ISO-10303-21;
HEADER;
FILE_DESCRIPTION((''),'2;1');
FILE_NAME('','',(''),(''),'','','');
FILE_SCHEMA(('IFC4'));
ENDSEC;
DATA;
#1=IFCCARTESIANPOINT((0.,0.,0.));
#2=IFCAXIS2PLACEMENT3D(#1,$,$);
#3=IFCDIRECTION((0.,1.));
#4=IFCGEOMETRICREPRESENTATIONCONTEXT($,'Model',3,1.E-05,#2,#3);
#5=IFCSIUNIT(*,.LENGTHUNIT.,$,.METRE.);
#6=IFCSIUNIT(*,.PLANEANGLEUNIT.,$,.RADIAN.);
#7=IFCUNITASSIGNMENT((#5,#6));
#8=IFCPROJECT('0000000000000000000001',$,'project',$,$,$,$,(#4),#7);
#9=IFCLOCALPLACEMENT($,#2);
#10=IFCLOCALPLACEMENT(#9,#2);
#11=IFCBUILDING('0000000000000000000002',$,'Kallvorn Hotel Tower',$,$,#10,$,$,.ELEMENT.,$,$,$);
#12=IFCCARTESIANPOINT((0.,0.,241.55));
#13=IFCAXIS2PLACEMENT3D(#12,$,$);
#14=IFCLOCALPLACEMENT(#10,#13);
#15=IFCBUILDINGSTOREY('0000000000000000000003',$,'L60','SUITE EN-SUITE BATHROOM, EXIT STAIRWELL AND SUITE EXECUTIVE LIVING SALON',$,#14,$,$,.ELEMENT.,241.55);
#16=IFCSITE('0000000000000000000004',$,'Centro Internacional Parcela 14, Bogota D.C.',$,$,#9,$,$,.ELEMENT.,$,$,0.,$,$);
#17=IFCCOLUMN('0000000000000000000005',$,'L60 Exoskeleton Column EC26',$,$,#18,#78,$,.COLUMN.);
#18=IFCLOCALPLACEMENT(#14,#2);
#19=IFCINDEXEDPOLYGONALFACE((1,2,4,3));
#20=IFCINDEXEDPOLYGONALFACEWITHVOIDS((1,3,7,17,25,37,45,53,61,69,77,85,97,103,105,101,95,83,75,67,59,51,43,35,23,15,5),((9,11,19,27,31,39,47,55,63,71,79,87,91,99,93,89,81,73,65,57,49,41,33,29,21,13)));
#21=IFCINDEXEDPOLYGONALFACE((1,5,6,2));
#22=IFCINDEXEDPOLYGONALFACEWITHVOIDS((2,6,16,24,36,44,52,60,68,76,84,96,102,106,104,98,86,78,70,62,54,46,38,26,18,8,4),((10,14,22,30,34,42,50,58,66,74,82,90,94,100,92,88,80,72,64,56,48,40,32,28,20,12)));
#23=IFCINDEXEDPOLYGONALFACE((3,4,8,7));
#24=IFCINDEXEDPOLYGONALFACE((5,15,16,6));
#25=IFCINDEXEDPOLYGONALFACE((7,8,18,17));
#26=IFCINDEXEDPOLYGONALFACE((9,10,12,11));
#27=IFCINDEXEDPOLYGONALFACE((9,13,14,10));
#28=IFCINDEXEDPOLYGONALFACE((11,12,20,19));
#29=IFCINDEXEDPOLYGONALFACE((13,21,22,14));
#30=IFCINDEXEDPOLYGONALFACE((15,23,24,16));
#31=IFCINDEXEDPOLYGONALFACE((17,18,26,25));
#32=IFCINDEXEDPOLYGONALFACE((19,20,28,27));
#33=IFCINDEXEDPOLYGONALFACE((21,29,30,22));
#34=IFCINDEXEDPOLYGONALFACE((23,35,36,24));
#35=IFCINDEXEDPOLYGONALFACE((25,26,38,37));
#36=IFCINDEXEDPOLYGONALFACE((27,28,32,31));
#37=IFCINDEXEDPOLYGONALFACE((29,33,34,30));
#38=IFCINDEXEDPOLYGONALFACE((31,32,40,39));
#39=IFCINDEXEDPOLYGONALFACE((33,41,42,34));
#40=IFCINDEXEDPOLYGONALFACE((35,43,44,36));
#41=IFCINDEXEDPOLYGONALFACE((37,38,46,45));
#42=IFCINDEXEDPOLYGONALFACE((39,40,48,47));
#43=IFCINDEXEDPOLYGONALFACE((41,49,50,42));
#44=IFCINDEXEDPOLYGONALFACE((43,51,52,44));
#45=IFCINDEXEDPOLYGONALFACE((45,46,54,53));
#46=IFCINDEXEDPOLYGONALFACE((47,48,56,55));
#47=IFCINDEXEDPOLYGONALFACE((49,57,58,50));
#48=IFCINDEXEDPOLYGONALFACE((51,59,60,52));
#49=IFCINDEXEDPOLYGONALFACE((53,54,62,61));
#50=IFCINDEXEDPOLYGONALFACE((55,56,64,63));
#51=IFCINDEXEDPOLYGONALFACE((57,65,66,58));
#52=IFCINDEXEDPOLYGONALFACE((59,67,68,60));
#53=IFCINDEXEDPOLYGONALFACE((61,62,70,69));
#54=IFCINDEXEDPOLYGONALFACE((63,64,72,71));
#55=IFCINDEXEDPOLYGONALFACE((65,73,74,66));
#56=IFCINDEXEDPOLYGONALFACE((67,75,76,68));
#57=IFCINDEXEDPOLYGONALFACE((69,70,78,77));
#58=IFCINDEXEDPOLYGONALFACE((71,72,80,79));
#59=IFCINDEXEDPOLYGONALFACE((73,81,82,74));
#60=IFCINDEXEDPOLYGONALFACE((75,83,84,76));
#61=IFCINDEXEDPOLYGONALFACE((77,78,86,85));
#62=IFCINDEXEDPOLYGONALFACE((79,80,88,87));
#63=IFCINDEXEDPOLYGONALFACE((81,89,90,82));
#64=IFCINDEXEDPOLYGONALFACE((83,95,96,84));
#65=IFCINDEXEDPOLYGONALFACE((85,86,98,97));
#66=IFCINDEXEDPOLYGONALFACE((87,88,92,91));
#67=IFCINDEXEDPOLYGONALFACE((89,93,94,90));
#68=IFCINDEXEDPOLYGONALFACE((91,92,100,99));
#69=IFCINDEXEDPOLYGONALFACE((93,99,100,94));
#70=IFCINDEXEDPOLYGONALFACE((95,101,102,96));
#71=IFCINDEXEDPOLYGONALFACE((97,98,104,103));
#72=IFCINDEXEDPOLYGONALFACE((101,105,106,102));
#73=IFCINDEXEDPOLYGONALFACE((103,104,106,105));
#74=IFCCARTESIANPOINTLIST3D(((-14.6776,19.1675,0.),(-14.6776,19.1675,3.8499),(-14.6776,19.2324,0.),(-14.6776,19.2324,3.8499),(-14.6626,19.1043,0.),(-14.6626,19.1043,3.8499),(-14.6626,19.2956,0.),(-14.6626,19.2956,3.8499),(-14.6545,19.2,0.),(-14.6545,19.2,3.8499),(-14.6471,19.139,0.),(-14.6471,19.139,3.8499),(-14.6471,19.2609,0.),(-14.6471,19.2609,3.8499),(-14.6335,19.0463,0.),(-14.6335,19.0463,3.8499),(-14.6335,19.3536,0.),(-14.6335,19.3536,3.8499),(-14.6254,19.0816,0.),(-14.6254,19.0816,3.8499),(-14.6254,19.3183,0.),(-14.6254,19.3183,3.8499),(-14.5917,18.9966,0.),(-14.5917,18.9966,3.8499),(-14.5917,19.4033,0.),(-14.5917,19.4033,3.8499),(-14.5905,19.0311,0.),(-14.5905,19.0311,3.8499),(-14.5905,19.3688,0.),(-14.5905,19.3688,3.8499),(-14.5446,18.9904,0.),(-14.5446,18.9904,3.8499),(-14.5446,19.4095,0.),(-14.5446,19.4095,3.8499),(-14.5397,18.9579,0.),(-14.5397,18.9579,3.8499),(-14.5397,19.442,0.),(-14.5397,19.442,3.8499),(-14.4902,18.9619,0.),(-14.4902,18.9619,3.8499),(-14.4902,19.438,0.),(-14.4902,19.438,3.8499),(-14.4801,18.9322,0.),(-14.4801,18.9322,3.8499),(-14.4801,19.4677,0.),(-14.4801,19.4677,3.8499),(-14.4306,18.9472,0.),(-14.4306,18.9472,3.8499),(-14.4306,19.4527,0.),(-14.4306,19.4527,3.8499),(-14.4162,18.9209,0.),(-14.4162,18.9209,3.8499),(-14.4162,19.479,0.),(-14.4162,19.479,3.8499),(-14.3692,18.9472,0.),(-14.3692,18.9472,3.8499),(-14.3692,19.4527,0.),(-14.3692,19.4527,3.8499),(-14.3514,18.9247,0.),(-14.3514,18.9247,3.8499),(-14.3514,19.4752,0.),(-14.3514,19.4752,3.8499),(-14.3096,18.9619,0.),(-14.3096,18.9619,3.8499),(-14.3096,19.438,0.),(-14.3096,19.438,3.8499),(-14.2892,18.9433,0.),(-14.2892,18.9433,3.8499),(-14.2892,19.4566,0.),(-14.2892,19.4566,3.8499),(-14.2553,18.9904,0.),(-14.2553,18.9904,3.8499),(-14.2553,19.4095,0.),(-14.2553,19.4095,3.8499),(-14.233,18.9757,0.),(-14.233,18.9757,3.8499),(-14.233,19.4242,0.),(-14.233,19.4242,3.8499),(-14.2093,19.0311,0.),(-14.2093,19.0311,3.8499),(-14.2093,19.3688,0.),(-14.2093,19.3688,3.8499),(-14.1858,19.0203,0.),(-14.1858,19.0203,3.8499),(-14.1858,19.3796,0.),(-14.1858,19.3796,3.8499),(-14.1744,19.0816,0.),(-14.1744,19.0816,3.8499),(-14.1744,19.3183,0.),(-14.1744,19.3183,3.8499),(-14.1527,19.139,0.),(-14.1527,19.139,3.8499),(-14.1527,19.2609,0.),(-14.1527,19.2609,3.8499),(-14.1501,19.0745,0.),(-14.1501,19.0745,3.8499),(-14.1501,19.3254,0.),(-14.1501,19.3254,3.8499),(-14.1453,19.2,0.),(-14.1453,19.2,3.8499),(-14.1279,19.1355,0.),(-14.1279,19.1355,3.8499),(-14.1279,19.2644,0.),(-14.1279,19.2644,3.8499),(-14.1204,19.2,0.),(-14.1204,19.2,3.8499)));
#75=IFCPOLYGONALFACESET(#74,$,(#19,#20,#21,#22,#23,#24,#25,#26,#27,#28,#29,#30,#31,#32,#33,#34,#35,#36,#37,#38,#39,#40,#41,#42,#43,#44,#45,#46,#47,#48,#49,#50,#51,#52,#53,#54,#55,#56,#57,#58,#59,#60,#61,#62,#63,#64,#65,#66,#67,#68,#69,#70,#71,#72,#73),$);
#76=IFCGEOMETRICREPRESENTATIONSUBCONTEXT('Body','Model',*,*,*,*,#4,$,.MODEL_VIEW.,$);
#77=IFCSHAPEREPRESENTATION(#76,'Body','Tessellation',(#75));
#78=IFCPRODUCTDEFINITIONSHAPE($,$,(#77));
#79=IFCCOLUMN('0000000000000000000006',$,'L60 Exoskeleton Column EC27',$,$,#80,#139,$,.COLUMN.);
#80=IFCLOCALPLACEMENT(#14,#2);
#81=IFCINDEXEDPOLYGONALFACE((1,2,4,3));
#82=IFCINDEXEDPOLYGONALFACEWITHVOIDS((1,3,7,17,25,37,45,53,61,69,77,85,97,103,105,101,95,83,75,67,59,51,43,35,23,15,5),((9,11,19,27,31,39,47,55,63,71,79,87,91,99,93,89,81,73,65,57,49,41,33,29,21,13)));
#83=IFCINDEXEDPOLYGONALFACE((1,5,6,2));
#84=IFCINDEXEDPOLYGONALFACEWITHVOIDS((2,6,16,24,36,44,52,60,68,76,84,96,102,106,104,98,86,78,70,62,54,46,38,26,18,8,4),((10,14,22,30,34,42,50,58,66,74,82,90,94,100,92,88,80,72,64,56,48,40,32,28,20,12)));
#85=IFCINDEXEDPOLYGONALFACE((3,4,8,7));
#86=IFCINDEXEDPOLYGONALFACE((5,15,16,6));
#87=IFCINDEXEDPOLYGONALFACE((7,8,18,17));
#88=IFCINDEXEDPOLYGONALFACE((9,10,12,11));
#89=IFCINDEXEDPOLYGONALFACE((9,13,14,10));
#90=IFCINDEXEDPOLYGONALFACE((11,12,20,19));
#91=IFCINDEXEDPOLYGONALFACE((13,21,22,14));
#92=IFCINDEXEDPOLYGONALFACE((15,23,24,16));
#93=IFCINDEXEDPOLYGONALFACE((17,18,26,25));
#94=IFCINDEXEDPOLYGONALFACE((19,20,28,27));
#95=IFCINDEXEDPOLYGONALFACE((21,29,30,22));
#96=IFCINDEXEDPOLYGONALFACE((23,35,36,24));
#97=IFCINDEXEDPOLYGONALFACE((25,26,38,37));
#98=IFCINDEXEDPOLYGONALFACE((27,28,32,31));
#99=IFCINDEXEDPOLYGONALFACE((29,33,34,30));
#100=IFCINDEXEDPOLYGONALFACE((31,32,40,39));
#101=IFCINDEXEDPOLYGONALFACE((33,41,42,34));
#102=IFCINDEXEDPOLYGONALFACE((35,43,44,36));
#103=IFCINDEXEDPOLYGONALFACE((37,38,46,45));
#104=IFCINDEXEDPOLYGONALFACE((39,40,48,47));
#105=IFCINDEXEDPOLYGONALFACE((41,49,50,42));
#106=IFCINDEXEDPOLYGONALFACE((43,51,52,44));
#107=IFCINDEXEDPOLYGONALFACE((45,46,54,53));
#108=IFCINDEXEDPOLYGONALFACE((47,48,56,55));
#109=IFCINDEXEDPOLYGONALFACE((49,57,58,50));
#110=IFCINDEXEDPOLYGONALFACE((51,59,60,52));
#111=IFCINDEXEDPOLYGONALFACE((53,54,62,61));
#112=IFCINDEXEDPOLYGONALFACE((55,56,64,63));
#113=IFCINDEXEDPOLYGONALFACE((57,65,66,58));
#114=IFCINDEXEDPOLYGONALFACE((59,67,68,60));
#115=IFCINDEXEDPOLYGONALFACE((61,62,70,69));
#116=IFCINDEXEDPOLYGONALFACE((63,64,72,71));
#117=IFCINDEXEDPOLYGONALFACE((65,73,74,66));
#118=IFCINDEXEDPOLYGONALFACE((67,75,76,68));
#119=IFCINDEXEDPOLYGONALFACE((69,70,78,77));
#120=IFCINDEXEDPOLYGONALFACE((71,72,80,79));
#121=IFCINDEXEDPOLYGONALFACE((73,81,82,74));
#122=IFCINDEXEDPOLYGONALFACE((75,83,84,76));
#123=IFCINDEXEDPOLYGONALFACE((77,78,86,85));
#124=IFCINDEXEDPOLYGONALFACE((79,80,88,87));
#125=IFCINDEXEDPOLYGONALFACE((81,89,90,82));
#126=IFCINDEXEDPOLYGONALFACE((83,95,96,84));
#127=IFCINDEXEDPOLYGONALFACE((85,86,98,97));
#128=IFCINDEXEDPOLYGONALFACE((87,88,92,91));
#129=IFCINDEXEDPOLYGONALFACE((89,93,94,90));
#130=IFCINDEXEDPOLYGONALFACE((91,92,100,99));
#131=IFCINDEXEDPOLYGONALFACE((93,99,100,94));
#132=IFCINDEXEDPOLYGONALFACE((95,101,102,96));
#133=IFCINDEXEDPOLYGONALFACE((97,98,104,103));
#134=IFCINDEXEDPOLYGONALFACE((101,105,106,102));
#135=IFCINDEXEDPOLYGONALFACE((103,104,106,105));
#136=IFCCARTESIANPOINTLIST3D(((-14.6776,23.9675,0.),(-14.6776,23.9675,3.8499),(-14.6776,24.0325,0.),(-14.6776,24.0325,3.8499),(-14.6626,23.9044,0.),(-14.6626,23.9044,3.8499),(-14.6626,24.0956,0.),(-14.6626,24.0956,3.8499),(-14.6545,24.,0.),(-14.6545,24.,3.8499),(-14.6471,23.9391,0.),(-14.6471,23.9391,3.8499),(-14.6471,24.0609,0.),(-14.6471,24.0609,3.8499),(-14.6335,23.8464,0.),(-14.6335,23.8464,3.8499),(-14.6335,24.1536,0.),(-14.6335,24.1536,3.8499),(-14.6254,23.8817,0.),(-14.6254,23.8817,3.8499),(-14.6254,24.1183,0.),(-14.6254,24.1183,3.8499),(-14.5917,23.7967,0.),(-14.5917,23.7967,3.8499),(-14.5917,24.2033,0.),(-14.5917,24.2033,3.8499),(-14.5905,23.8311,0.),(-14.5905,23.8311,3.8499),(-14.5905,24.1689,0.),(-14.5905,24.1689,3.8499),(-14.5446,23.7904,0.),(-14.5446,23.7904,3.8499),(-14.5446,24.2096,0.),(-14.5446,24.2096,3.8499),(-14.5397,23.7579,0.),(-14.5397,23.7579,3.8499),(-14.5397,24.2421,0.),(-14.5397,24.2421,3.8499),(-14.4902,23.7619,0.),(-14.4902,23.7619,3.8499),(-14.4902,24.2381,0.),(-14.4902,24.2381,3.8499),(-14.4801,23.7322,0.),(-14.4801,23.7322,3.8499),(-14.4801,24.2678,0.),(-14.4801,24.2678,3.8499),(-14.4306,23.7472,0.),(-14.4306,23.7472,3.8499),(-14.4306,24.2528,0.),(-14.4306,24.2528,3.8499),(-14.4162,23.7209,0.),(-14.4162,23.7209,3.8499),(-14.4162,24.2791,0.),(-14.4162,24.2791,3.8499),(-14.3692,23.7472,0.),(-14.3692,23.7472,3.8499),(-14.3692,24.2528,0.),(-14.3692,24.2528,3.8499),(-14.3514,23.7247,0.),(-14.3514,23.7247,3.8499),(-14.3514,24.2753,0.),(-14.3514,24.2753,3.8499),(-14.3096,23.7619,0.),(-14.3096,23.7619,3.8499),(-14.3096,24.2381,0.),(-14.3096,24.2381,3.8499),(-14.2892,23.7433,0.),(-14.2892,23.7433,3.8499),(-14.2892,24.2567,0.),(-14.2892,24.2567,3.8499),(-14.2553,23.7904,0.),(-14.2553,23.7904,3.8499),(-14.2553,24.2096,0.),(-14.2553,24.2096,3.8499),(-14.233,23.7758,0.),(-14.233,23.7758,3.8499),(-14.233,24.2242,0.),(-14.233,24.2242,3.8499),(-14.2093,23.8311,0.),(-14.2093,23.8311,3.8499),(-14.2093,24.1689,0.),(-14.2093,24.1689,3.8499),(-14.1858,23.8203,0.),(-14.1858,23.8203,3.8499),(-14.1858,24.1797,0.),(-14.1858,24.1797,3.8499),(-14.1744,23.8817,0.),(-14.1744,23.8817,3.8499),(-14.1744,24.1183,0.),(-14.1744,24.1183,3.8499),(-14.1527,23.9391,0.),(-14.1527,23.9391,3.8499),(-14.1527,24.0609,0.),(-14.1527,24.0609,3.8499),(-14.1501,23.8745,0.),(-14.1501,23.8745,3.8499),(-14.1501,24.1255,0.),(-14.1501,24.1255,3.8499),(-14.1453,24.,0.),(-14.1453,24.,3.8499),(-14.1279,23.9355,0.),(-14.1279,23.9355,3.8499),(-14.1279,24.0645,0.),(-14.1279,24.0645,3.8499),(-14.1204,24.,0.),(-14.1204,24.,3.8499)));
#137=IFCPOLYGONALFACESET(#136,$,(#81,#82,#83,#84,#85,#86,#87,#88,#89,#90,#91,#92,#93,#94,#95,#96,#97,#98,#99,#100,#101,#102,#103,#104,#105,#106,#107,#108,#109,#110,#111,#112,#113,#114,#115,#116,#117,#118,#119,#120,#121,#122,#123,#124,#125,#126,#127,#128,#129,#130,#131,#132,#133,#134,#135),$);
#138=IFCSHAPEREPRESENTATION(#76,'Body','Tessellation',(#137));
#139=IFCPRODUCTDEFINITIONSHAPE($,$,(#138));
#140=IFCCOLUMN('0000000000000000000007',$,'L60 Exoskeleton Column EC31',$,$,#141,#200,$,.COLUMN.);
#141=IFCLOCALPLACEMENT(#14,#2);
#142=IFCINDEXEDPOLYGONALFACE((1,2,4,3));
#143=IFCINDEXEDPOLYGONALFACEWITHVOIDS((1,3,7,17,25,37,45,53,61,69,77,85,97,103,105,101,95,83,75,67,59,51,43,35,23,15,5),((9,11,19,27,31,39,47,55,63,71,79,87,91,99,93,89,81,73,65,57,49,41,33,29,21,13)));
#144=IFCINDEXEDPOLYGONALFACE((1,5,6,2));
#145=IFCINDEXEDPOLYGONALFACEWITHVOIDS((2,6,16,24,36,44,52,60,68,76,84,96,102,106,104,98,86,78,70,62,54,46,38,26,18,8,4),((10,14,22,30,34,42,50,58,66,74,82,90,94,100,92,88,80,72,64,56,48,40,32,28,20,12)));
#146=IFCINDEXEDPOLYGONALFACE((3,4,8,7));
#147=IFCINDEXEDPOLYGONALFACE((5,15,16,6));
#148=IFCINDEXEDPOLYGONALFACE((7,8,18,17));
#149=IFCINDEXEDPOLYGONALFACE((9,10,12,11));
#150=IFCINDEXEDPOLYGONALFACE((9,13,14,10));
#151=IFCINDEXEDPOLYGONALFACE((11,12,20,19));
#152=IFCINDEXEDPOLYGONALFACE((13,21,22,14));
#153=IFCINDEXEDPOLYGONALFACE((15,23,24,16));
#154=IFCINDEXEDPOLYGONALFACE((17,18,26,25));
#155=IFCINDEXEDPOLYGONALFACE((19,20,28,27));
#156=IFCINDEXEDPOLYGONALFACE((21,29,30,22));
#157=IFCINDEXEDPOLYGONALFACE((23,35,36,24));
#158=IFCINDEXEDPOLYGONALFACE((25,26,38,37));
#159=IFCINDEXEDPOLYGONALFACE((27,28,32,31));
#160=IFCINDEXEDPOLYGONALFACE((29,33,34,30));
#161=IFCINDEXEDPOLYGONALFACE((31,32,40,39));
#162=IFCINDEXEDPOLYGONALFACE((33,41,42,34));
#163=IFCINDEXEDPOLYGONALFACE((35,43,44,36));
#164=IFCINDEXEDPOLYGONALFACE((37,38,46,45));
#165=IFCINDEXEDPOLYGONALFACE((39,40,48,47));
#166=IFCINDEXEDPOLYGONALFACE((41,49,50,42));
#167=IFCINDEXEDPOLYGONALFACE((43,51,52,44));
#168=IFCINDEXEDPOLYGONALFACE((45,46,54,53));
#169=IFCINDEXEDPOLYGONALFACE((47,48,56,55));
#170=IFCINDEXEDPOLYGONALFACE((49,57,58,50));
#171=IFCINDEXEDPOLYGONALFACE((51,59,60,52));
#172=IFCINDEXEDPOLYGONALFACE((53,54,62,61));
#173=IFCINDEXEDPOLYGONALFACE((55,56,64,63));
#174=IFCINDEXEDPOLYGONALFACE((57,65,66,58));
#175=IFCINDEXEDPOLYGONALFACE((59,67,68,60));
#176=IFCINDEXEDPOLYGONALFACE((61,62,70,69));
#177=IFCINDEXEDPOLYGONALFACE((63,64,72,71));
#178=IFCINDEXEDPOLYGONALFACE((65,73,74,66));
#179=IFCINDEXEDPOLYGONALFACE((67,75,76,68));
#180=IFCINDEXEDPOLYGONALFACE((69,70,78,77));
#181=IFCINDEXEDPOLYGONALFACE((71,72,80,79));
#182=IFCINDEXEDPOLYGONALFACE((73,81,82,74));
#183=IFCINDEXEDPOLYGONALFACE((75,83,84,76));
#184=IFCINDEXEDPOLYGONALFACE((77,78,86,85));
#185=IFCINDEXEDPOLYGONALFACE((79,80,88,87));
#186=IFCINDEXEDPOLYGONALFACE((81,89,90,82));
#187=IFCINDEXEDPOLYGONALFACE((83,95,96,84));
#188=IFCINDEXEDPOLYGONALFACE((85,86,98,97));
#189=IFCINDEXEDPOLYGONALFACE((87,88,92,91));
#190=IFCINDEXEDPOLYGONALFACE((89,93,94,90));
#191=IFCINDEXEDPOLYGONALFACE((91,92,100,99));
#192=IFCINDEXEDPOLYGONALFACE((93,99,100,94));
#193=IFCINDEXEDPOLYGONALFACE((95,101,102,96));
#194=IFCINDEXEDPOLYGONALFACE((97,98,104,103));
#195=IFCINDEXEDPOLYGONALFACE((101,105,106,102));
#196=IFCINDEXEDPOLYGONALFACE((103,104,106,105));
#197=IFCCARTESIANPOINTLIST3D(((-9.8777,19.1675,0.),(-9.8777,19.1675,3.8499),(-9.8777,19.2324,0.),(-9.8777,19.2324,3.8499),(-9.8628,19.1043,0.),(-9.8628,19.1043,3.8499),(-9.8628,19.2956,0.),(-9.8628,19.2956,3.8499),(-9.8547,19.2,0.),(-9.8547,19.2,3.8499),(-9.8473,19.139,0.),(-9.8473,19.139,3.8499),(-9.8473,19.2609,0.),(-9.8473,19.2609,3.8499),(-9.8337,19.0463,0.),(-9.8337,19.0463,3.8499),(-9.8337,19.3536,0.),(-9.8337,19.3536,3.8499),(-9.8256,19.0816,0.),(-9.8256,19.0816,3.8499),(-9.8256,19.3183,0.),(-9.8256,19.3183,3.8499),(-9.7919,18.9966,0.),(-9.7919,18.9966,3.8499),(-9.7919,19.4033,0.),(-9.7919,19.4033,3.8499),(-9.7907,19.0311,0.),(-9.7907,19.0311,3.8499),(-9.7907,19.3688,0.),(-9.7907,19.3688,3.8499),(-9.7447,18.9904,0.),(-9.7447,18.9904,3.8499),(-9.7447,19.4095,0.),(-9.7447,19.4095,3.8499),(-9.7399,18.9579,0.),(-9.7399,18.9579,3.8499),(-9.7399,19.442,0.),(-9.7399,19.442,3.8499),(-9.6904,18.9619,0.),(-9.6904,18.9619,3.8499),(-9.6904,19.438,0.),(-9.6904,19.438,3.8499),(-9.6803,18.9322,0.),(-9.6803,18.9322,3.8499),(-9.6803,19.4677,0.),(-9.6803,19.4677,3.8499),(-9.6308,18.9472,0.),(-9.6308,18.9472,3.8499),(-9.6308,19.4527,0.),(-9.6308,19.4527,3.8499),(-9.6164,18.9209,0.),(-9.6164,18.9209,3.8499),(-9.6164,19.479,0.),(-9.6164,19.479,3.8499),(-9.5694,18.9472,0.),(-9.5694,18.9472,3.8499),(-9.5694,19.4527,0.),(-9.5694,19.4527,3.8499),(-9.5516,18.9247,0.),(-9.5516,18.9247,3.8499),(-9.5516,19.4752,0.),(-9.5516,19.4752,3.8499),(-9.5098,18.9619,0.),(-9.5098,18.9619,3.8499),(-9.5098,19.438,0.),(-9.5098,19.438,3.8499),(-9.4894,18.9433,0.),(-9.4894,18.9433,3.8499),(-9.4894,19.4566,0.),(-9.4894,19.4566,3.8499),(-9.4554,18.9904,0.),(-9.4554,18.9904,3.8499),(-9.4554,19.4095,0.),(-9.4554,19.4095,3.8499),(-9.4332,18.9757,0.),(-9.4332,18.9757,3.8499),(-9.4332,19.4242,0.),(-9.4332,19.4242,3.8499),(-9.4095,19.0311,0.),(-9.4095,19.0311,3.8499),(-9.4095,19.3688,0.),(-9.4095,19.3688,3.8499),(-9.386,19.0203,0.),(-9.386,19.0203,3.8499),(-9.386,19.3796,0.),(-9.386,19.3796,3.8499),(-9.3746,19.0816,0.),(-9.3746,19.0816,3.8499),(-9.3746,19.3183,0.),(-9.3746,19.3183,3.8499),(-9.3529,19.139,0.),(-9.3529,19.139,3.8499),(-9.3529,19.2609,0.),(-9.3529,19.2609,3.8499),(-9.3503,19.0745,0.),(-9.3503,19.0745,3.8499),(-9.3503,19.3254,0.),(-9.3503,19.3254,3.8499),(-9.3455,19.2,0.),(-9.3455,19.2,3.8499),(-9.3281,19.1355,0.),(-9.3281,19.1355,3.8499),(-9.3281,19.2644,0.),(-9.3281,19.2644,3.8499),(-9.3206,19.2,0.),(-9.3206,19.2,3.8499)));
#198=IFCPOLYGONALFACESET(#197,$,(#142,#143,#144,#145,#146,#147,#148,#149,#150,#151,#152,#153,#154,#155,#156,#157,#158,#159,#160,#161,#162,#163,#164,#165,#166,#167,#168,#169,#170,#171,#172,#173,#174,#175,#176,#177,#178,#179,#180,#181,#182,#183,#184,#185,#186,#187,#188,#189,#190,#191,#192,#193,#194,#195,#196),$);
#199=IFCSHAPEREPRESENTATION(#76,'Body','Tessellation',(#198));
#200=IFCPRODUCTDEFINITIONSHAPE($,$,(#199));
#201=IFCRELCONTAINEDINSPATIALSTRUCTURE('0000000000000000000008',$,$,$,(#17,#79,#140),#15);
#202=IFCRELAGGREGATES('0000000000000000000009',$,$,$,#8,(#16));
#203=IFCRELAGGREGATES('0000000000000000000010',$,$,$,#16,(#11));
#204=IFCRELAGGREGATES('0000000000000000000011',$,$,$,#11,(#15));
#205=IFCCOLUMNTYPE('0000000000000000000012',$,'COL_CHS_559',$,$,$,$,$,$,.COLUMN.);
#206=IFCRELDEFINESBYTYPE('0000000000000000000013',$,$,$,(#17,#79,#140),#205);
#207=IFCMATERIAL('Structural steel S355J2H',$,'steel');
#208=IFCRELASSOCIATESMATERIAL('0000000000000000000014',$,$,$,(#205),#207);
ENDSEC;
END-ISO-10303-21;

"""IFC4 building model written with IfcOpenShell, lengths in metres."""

from ifc_helpers import new_model, si_unit, direction, frame, origin, origin_2d, place, context, subcontext, project, spatial, hollow_circle, extrude, material, material_profile, profile_set, type_object, element, save


model = new_model("IFC4")

# Units and contexts
model_context = context("Model", 3, precision=1e-05, world=origin(), true_north=direction((0.0, 1.0)))
body_context = subcontext(model_context, "Body", "Model", "MODEL_VIEW")
ifc_project = project(units=[si_unit("LENGTHUNIT", "METRE"), si_unit("PLANEANGLEUNIT", "RADIAN")], contexts=[model_context])

# Site, building, storey
site_placement = place(None, origin())
site = spatial("IfcSite", under=ifc_project, at=site_placement, Name="Centro Internacional Parcela 14, Bogota D.C.", CompositionType="ELEMENT", RefElevation=0.0)
building_placement = place(site_placement, origin())
building = spatial("IfcBuilding", under=site, at=building_placement, Name="Kallvorn Hotel Tower", CompositionType="ELEMENT")
storey_placement = place(building_placement, frame((0.0, 0.0, 241.55)))
storey = spatial("IfcBuildingStorey", under=building, at=storey_placement, Name="L60", Description="SUITE EN-SUITE BATHROOM, EXIT STAIRWELL AND SUITE EXECUTIVE LIVING SALON", CompositionType="ELEMENT", Elevation=241.55)

# Columns
ifc_material_1 = material(Name="Structural steel S355J2H", Category="steel")
ifc_material_profile_1 = material_profile(ifc_material_1, hollow_circle(Radius=0.2795, WallThickness=0.0249, at=origin_2d()), Name="CHS 559x25")
ifc_profile_set_1 = profile_set([ifc_material_profile_1], Name="Structural steel S355J2H")
column_type_1 = type_object("IfcColumnType", Name="COL_CHS_559", PredefinedType="COLUMN", material=ifc_profile_set_1)
for number, where, z_axis, x_axis, name in (
    (1, (-14.3999, 19.2, 0.0), (0.0, 0.0, 1.0), (1.0, 0.0, 0.0), "L60 Exoskeleton Column EC26"),
    (2, (-14.3999, 24.0, 0.0), (0.0, 0.0, 1.0), (1.0, 0.0, 0.0), "L60 Exoskeleton Column EC27"),
    (3, (-9.6001, 19.2, 0.0), (0.0, 0.0, 1.0), (1.0, 0.0, 0.0), "L60 Exoskeleton Column EC31"),
):
    element("IfcColumn", number, at=place(storey_placement, frame(where, z_axis=z_axis, x_axis=x_axis)), inside=storey, type_object=column_type_1, Name=name, PredefinedType="COLUMN", context=body_context, shape_type="SweptSolid", body=[
        extrude(hollow_circle(Radius=0.2795, WallThickness=0.0249, at=origin_2d()), origin(), (0.0, 0.0, 1.0), 3.8499),
    ])

save(model, "model.ifc")
